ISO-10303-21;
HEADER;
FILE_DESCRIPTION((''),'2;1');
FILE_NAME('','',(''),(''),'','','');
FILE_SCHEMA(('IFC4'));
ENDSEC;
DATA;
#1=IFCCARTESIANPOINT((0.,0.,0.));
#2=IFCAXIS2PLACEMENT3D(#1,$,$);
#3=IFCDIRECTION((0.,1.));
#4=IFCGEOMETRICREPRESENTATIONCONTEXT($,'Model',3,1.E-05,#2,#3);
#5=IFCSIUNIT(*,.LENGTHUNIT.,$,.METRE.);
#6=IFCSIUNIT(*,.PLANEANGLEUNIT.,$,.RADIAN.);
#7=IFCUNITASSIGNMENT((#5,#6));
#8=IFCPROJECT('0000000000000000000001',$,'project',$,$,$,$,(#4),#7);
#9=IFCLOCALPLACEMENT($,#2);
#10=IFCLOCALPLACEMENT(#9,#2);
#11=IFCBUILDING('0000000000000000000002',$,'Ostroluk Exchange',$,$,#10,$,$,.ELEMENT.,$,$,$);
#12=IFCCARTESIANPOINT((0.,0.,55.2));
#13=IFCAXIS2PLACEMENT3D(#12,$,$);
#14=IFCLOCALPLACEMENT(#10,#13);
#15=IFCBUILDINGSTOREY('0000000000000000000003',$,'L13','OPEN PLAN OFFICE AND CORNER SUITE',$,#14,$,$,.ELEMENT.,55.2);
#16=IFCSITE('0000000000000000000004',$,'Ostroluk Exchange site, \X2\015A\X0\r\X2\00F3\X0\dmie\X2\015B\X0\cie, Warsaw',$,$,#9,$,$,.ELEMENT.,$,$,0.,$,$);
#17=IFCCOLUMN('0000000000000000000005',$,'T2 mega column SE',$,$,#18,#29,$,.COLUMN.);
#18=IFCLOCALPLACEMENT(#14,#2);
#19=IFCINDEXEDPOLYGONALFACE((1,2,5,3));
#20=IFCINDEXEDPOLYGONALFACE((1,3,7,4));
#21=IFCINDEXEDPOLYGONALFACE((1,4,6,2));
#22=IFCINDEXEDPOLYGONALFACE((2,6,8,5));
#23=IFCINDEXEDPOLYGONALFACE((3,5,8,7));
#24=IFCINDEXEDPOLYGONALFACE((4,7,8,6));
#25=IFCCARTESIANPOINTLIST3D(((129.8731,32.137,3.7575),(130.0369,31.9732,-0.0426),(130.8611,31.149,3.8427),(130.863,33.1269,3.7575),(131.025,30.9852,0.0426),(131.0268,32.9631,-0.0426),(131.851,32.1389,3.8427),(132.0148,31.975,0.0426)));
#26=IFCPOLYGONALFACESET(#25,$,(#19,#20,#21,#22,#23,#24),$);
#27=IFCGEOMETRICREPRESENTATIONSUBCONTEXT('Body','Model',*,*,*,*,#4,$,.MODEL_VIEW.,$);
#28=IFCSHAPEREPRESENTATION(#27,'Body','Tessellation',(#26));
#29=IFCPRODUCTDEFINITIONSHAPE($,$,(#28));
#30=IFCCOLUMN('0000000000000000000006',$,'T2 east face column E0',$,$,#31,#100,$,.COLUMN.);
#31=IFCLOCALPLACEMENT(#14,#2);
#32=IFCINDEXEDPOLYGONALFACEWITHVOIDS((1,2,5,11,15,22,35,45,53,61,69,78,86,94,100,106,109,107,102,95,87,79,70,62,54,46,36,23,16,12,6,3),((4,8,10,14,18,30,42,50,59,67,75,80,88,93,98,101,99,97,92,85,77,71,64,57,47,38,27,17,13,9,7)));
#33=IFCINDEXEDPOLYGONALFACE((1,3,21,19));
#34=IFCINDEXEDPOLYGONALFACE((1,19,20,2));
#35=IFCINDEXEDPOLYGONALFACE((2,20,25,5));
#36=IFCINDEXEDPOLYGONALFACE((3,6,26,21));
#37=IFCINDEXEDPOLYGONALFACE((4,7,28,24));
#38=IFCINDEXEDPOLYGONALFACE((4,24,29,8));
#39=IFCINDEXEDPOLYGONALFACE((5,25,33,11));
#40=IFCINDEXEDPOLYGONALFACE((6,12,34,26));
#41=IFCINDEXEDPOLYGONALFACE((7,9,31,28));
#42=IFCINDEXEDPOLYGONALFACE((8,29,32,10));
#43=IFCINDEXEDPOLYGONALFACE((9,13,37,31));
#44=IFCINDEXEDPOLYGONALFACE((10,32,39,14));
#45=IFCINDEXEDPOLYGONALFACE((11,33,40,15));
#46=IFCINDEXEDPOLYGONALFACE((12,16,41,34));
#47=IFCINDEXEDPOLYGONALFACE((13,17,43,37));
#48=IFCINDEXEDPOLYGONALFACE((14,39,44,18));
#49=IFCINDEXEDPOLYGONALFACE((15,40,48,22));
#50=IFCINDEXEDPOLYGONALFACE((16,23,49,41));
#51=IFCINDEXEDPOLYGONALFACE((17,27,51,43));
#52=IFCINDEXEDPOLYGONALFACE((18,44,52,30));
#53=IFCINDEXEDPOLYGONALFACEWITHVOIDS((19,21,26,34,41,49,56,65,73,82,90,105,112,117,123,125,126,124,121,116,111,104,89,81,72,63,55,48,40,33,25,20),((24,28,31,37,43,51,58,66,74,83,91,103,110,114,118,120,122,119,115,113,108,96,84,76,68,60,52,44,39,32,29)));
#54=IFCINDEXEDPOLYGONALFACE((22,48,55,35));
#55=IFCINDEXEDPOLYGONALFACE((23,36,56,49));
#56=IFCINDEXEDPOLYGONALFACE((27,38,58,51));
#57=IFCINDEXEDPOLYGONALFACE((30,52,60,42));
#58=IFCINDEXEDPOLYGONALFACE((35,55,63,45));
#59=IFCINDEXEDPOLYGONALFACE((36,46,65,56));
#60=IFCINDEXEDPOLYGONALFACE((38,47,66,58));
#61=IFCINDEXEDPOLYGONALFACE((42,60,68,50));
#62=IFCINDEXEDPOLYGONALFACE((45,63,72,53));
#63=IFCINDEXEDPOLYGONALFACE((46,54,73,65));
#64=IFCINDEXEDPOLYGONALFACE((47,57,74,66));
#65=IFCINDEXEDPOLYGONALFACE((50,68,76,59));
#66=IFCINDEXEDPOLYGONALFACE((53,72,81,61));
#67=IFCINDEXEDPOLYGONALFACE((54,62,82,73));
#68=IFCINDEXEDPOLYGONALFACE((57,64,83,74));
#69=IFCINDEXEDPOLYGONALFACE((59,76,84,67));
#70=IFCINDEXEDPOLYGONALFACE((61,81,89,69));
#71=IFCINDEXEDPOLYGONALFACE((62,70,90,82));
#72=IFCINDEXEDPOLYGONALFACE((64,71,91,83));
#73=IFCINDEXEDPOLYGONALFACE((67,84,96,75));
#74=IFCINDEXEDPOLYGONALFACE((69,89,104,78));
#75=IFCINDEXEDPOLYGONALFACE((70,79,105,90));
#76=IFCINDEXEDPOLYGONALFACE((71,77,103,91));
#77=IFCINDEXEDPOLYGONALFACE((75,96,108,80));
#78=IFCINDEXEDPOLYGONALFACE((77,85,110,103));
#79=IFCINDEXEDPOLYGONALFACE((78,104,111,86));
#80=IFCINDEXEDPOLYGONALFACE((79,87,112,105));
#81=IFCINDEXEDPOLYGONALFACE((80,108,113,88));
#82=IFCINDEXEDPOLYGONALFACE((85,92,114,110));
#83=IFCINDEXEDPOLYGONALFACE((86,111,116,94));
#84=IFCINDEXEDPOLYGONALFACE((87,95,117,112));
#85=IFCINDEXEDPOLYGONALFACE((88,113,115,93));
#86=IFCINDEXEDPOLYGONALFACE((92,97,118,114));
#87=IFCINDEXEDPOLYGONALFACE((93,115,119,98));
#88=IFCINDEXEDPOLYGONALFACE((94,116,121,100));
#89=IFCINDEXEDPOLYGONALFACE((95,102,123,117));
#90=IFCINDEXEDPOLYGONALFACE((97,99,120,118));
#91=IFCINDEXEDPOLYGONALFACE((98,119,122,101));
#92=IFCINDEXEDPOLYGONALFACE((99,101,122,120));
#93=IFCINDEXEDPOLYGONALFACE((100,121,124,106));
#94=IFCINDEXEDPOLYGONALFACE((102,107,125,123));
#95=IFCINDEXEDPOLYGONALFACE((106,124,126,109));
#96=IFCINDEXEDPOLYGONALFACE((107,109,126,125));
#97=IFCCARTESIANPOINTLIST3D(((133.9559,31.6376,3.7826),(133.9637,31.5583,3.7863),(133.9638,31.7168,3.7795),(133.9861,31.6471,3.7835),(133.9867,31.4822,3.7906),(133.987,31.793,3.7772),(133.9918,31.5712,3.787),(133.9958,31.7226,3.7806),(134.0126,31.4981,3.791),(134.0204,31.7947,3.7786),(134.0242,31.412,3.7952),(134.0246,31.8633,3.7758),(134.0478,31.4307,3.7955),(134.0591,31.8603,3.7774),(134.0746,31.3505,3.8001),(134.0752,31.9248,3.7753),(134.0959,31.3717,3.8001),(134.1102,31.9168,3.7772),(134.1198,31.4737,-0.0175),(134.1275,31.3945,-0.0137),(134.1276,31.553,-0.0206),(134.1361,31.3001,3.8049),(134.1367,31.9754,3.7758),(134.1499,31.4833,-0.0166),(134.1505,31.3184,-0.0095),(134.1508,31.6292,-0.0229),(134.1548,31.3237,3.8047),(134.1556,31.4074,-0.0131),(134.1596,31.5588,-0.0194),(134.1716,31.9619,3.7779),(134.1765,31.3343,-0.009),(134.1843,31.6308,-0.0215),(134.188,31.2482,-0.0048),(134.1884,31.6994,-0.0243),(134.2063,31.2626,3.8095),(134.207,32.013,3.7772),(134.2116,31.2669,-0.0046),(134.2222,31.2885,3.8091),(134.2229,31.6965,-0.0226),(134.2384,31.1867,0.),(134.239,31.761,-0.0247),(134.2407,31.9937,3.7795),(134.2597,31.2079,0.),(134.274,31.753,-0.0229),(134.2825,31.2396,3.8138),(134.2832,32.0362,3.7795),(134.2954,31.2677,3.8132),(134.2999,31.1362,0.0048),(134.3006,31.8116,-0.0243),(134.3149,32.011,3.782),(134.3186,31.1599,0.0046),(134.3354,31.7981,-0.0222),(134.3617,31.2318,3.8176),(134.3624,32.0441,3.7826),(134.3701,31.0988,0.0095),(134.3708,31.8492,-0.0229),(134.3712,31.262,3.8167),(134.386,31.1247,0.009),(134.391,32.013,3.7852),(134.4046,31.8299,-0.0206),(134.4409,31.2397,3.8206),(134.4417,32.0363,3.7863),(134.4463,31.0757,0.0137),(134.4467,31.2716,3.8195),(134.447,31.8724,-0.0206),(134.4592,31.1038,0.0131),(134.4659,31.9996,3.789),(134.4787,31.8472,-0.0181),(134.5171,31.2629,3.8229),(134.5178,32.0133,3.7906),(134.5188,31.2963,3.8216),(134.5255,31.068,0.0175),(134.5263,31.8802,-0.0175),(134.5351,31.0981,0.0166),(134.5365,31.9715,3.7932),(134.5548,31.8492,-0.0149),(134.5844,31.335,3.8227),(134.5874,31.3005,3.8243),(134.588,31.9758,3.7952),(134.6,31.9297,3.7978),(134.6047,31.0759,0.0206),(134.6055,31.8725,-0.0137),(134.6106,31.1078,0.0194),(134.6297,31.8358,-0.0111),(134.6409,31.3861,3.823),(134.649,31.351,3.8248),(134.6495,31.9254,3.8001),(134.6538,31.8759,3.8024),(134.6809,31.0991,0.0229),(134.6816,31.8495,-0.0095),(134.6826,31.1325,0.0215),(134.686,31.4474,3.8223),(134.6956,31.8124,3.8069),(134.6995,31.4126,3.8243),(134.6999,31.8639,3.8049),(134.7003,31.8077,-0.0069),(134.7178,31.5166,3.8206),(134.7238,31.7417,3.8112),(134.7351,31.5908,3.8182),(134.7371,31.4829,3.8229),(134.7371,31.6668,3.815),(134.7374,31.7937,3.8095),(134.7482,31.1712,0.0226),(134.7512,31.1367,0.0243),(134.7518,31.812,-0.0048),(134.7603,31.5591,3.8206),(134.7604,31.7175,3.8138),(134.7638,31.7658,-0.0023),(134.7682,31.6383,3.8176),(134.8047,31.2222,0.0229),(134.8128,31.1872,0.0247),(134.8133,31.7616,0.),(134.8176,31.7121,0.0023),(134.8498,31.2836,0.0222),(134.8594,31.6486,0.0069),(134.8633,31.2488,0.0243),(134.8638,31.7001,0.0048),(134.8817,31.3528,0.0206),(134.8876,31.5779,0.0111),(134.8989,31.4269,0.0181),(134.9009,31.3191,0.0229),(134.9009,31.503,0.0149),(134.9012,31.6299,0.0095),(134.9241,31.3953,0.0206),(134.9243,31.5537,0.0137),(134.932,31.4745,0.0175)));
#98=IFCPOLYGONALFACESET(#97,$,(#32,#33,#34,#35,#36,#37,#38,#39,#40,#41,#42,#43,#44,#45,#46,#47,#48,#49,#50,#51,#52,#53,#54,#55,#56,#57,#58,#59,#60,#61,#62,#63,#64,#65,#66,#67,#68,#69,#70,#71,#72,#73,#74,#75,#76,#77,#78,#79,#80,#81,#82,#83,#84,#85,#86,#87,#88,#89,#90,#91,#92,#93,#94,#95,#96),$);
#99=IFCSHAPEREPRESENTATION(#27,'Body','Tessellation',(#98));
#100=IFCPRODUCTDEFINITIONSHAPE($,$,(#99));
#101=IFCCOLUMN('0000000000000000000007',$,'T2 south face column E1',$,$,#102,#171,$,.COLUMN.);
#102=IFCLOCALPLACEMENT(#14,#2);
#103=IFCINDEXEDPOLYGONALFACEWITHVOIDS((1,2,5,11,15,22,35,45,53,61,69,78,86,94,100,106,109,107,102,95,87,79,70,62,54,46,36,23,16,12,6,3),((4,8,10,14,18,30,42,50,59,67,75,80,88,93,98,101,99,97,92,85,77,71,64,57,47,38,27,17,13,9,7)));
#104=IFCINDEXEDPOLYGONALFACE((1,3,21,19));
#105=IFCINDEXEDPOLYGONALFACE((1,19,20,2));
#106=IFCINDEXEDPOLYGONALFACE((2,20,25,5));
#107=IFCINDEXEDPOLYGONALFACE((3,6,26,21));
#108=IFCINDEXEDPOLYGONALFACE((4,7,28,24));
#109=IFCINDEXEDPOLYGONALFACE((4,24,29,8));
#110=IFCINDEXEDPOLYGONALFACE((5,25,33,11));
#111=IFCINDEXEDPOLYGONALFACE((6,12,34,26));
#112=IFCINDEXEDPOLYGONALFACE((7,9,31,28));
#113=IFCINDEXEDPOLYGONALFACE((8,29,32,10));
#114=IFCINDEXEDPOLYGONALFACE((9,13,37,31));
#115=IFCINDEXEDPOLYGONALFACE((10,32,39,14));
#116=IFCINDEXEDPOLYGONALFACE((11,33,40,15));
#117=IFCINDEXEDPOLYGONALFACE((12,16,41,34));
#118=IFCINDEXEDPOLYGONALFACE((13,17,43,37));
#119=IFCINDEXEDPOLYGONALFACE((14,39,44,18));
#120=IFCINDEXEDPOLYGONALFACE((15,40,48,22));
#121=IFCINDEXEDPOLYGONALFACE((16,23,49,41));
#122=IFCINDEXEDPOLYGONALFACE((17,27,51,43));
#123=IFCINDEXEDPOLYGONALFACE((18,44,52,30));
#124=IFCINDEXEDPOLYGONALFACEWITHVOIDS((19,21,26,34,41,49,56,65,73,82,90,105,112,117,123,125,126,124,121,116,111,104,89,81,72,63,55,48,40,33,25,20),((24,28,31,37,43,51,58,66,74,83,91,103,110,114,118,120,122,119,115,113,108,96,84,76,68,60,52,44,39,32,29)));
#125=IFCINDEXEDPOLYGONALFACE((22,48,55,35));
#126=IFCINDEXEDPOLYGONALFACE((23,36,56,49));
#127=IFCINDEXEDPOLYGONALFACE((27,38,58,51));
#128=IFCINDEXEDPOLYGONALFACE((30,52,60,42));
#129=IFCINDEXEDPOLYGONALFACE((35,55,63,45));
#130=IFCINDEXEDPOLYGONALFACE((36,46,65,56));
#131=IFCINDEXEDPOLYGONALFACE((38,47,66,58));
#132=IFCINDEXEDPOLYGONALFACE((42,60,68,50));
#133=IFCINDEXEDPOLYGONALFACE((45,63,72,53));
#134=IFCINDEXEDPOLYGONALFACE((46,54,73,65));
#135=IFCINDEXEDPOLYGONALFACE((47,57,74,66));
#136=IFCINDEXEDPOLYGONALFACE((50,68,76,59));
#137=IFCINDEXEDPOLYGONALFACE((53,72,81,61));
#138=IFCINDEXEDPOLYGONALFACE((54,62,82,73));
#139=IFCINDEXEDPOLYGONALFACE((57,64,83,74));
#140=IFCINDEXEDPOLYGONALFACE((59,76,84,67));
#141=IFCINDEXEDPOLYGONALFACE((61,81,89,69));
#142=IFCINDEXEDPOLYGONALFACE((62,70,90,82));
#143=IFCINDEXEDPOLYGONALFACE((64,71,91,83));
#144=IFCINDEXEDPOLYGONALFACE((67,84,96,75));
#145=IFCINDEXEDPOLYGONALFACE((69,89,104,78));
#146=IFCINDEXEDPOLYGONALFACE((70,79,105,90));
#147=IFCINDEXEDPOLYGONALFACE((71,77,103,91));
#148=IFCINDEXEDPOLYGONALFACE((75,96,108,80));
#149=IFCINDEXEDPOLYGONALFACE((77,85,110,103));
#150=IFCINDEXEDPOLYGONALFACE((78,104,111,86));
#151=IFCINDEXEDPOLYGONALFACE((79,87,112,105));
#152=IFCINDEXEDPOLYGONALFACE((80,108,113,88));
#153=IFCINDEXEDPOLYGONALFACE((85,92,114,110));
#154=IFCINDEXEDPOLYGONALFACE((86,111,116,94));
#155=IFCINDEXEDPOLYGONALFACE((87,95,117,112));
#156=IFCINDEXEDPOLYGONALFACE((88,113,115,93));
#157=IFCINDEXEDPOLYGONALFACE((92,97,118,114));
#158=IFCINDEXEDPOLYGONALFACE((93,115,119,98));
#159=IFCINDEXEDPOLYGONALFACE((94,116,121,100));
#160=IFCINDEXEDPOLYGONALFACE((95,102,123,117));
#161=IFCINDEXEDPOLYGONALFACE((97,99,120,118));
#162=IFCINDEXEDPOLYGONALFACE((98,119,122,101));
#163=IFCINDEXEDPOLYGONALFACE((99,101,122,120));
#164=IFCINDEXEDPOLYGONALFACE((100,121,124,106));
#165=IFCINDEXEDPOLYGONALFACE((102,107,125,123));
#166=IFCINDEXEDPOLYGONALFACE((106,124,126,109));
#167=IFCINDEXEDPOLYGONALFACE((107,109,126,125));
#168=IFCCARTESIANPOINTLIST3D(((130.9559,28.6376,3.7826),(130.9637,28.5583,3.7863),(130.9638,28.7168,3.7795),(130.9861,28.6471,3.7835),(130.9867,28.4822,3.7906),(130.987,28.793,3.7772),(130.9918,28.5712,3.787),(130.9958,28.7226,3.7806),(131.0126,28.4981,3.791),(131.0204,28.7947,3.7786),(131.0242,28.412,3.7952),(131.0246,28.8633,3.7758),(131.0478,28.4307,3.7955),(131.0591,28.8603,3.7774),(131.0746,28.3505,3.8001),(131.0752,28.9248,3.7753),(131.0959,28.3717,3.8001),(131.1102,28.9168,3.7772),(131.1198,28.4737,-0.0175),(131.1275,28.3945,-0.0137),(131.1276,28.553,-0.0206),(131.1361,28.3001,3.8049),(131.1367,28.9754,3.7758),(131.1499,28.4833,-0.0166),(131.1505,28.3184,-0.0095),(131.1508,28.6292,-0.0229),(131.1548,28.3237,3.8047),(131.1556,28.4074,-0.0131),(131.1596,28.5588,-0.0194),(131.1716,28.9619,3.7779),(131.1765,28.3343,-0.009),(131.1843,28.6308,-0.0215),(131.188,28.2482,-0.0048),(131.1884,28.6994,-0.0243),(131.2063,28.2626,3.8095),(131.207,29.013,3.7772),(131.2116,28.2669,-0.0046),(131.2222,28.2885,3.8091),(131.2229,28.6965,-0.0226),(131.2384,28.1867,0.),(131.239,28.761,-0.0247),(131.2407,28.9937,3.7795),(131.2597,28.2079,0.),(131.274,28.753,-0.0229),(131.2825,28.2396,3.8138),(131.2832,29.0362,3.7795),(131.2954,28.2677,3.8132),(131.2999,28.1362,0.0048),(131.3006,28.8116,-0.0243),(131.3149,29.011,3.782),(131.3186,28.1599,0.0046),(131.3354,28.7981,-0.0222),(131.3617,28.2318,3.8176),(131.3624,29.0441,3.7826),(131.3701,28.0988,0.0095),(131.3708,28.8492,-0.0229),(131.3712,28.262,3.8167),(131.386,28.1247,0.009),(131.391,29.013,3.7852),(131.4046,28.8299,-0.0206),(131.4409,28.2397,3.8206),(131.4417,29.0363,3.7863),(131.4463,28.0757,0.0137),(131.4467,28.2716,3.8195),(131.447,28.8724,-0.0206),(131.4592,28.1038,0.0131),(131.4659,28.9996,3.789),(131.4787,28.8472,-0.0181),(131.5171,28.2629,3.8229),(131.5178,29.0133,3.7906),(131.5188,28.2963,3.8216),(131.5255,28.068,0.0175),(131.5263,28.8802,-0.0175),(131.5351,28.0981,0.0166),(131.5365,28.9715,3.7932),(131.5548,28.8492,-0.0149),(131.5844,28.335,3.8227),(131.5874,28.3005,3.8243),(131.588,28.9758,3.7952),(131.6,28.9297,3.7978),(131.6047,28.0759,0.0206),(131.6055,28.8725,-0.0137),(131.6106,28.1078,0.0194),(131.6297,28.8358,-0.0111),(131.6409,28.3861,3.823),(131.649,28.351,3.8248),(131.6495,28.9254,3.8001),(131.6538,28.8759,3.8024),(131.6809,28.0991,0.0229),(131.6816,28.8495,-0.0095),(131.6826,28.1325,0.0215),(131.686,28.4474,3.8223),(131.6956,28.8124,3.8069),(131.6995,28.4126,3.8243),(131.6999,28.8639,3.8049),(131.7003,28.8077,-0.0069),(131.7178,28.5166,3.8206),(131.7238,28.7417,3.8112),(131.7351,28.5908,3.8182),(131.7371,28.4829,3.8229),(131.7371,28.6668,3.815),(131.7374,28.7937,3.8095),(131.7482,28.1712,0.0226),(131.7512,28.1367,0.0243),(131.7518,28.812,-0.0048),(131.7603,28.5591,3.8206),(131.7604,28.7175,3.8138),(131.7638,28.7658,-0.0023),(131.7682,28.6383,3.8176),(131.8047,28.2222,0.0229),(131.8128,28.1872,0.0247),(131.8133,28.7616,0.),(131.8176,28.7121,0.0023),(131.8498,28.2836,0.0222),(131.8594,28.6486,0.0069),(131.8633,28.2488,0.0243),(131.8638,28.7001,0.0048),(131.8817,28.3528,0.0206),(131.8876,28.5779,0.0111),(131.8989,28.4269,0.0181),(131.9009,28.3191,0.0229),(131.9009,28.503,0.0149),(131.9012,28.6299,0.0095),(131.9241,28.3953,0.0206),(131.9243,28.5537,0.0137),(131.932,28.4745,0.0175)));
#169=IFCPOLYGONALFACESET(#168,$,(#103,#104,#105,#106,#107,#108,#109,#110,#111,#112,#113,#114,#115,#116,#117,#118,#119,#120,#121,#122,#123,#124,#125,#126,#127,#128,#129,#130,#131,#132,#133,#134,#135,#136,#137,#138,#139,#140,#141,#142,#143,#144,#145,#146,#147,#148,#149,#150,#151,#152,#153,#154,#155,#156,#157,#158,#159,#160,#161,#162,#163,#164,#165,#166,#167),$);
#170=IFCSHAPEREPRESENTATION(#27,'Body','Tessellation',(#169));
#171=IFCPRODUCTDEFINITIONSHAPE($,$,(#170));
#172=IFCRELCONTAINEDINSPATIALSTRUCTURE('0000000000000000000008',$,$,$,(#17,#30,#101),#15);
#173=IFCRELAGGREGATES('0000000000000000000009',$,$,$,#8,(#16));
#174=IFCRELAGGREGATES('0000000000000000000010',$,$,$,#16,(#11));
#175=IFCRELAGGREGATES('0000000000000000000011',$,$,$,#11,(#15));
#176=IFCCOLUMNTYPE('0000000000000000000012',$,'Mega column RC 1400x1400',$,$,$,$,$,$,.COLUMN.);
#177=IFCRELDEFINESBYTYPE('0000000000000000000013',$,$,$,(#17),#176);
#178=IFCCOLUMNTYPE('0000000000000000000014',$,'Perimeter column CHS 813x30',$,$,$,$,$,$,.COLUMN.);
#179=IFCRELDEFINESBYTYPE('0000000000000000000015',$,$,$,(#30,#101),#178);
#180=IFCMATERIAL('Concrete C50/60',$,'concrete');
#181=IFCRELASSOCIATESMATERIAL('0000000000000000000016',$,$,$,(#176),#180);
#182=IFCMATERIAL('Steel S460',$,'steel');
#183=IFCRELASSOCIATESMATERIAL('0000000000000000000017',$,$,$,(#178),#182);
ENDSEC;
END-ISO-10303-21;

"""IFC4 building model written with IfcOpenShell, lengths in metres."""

from ifc_helpers import new_model, si_unit, direction, frame, origin, origin_2d, place, context, subcontext, project, spatial, rectangle, hollow_circle, extrude, material, material_profile, profile_set, type_object, element, save


model = new_model("IFC4")

# Units and contexts
model_context = context("Model", 3, precision=1e-05, world=origin(), true_north=direction((0.0, 1.0)))
body_context = subcontext(model_context, "Body", "Model", "MODEL_VIEW")
ifc_project = project(units=[si_unit("LENGTHUNIT", "METRE"), si_unit("PLANEANGLEUNIT", "RADIAN")], contexts=[model_context])

# Site, building, storey
site_placement = place(None, origin())
site = spatial("IfcSite", under=ifc_project, at=site_placement, Name="Ostroluk Exchange site, Śródmieście, Warsaw", CompositionType="ELEMENT", RefElevation=0.0)
building_placement = place(site_placement, origin())
building = spatial("IfcBuilding", under=site, at=building_placement, Name="Ostroluk Exchange", CompositionType="ELEMENT")
storey_placement = place(building_placement, frame((0.0, 0.0, 55.2)))
storey = spatial("IfcBuildingStorey", under=building, at=storey_placement, Name="L13", Description="OPEN PLAN OFFICE AND CORNER SUITE", CompositionType="ELEMENT", Elevation=55.2)

# Columns
ifc_material_1 = material(Name="Concrete C50/60", Category="concrete")
ifc_material_profile_1 = material_profile(ifc_material_1, rectangle(XDim=1.3999, YDim=1.3999, at=origin_2d()), Name="RC 1400x1400")
ifc_profile_set_1 = profile_set([ifc_material_profile_1], Name="Concrete C50/60")
column_type_1 = type_object("IfcColumnType", Name="Mega column RC 1400x1400", PredefinedType="COLUMN", material=ifc_profile_set_1)
column_placement = place(storey_placement, frame((131.0259, 31.9741, 0.0), z_axis=(-0.04303, 0.04303, 0.998147), x_axis=(-0.707107, -0.707107, 0.0)))
element("IfcColumn", 1, at=column_placement, inside=storey, type_object=column_type_1, Name="T2 mega column SE", PredefinedType="COLUMN", context=body_context, shape_type="SweptSolid", body=[
    extrude(rectangle(XDim=1.3999, YDim=1.3999, at=origin_2d()), origin(), (0.0, 0.0, 1.0), 3.8071),
])
ifc_material_2 = material(Name="Steel S460", Category="steel")
ifc_material_profile_2 = material_profile(ifc_material_2, hollow_circle(Radius=0.4065, WallThickness=0.03, at=origin_2d()), Name="CHS 813x30")
ifc_profile_set_2 = profile_set([ifc_material_profile_2], Name="Steel S460")
column_type_2 = type_object("IfcColumnType", Name="Perimeter column CHS 813x30", PredefinedType="COLUMN", material=ifc_profile_set_2)
for number, where, z_axis, x_axis, name in (
    (2, (134.5259, 31.4741, 0.0), (-0.04303, 0.04303, 0.998147), (-0.707107, -0.707107, 0.0), "T2 east face column E0"),
    (3, (131.5259, 28.4741, 0.0), (-0.04303, 0.04303, 0.998147), (-0.707107, -0.707107, 0.0), "T2 south face column E1"),
):
    element("IfcColumn", number, at=place(storey_placement, frame(where, z_axis=z_axis, x_axis=x_axis)), inside=storey, type_object=column_type_2, Name=name, PredefinedType="COLUMN", context=body_context, shape_type="SweptSolid", body=[
        extrude(hollow_circle(Radius=0.4065, WallThickness=0.03, at=origin_2d()), origin(), (0.0, 0.0, 1.0), 3.8071),
    ])

save(model, "model.ifc")
